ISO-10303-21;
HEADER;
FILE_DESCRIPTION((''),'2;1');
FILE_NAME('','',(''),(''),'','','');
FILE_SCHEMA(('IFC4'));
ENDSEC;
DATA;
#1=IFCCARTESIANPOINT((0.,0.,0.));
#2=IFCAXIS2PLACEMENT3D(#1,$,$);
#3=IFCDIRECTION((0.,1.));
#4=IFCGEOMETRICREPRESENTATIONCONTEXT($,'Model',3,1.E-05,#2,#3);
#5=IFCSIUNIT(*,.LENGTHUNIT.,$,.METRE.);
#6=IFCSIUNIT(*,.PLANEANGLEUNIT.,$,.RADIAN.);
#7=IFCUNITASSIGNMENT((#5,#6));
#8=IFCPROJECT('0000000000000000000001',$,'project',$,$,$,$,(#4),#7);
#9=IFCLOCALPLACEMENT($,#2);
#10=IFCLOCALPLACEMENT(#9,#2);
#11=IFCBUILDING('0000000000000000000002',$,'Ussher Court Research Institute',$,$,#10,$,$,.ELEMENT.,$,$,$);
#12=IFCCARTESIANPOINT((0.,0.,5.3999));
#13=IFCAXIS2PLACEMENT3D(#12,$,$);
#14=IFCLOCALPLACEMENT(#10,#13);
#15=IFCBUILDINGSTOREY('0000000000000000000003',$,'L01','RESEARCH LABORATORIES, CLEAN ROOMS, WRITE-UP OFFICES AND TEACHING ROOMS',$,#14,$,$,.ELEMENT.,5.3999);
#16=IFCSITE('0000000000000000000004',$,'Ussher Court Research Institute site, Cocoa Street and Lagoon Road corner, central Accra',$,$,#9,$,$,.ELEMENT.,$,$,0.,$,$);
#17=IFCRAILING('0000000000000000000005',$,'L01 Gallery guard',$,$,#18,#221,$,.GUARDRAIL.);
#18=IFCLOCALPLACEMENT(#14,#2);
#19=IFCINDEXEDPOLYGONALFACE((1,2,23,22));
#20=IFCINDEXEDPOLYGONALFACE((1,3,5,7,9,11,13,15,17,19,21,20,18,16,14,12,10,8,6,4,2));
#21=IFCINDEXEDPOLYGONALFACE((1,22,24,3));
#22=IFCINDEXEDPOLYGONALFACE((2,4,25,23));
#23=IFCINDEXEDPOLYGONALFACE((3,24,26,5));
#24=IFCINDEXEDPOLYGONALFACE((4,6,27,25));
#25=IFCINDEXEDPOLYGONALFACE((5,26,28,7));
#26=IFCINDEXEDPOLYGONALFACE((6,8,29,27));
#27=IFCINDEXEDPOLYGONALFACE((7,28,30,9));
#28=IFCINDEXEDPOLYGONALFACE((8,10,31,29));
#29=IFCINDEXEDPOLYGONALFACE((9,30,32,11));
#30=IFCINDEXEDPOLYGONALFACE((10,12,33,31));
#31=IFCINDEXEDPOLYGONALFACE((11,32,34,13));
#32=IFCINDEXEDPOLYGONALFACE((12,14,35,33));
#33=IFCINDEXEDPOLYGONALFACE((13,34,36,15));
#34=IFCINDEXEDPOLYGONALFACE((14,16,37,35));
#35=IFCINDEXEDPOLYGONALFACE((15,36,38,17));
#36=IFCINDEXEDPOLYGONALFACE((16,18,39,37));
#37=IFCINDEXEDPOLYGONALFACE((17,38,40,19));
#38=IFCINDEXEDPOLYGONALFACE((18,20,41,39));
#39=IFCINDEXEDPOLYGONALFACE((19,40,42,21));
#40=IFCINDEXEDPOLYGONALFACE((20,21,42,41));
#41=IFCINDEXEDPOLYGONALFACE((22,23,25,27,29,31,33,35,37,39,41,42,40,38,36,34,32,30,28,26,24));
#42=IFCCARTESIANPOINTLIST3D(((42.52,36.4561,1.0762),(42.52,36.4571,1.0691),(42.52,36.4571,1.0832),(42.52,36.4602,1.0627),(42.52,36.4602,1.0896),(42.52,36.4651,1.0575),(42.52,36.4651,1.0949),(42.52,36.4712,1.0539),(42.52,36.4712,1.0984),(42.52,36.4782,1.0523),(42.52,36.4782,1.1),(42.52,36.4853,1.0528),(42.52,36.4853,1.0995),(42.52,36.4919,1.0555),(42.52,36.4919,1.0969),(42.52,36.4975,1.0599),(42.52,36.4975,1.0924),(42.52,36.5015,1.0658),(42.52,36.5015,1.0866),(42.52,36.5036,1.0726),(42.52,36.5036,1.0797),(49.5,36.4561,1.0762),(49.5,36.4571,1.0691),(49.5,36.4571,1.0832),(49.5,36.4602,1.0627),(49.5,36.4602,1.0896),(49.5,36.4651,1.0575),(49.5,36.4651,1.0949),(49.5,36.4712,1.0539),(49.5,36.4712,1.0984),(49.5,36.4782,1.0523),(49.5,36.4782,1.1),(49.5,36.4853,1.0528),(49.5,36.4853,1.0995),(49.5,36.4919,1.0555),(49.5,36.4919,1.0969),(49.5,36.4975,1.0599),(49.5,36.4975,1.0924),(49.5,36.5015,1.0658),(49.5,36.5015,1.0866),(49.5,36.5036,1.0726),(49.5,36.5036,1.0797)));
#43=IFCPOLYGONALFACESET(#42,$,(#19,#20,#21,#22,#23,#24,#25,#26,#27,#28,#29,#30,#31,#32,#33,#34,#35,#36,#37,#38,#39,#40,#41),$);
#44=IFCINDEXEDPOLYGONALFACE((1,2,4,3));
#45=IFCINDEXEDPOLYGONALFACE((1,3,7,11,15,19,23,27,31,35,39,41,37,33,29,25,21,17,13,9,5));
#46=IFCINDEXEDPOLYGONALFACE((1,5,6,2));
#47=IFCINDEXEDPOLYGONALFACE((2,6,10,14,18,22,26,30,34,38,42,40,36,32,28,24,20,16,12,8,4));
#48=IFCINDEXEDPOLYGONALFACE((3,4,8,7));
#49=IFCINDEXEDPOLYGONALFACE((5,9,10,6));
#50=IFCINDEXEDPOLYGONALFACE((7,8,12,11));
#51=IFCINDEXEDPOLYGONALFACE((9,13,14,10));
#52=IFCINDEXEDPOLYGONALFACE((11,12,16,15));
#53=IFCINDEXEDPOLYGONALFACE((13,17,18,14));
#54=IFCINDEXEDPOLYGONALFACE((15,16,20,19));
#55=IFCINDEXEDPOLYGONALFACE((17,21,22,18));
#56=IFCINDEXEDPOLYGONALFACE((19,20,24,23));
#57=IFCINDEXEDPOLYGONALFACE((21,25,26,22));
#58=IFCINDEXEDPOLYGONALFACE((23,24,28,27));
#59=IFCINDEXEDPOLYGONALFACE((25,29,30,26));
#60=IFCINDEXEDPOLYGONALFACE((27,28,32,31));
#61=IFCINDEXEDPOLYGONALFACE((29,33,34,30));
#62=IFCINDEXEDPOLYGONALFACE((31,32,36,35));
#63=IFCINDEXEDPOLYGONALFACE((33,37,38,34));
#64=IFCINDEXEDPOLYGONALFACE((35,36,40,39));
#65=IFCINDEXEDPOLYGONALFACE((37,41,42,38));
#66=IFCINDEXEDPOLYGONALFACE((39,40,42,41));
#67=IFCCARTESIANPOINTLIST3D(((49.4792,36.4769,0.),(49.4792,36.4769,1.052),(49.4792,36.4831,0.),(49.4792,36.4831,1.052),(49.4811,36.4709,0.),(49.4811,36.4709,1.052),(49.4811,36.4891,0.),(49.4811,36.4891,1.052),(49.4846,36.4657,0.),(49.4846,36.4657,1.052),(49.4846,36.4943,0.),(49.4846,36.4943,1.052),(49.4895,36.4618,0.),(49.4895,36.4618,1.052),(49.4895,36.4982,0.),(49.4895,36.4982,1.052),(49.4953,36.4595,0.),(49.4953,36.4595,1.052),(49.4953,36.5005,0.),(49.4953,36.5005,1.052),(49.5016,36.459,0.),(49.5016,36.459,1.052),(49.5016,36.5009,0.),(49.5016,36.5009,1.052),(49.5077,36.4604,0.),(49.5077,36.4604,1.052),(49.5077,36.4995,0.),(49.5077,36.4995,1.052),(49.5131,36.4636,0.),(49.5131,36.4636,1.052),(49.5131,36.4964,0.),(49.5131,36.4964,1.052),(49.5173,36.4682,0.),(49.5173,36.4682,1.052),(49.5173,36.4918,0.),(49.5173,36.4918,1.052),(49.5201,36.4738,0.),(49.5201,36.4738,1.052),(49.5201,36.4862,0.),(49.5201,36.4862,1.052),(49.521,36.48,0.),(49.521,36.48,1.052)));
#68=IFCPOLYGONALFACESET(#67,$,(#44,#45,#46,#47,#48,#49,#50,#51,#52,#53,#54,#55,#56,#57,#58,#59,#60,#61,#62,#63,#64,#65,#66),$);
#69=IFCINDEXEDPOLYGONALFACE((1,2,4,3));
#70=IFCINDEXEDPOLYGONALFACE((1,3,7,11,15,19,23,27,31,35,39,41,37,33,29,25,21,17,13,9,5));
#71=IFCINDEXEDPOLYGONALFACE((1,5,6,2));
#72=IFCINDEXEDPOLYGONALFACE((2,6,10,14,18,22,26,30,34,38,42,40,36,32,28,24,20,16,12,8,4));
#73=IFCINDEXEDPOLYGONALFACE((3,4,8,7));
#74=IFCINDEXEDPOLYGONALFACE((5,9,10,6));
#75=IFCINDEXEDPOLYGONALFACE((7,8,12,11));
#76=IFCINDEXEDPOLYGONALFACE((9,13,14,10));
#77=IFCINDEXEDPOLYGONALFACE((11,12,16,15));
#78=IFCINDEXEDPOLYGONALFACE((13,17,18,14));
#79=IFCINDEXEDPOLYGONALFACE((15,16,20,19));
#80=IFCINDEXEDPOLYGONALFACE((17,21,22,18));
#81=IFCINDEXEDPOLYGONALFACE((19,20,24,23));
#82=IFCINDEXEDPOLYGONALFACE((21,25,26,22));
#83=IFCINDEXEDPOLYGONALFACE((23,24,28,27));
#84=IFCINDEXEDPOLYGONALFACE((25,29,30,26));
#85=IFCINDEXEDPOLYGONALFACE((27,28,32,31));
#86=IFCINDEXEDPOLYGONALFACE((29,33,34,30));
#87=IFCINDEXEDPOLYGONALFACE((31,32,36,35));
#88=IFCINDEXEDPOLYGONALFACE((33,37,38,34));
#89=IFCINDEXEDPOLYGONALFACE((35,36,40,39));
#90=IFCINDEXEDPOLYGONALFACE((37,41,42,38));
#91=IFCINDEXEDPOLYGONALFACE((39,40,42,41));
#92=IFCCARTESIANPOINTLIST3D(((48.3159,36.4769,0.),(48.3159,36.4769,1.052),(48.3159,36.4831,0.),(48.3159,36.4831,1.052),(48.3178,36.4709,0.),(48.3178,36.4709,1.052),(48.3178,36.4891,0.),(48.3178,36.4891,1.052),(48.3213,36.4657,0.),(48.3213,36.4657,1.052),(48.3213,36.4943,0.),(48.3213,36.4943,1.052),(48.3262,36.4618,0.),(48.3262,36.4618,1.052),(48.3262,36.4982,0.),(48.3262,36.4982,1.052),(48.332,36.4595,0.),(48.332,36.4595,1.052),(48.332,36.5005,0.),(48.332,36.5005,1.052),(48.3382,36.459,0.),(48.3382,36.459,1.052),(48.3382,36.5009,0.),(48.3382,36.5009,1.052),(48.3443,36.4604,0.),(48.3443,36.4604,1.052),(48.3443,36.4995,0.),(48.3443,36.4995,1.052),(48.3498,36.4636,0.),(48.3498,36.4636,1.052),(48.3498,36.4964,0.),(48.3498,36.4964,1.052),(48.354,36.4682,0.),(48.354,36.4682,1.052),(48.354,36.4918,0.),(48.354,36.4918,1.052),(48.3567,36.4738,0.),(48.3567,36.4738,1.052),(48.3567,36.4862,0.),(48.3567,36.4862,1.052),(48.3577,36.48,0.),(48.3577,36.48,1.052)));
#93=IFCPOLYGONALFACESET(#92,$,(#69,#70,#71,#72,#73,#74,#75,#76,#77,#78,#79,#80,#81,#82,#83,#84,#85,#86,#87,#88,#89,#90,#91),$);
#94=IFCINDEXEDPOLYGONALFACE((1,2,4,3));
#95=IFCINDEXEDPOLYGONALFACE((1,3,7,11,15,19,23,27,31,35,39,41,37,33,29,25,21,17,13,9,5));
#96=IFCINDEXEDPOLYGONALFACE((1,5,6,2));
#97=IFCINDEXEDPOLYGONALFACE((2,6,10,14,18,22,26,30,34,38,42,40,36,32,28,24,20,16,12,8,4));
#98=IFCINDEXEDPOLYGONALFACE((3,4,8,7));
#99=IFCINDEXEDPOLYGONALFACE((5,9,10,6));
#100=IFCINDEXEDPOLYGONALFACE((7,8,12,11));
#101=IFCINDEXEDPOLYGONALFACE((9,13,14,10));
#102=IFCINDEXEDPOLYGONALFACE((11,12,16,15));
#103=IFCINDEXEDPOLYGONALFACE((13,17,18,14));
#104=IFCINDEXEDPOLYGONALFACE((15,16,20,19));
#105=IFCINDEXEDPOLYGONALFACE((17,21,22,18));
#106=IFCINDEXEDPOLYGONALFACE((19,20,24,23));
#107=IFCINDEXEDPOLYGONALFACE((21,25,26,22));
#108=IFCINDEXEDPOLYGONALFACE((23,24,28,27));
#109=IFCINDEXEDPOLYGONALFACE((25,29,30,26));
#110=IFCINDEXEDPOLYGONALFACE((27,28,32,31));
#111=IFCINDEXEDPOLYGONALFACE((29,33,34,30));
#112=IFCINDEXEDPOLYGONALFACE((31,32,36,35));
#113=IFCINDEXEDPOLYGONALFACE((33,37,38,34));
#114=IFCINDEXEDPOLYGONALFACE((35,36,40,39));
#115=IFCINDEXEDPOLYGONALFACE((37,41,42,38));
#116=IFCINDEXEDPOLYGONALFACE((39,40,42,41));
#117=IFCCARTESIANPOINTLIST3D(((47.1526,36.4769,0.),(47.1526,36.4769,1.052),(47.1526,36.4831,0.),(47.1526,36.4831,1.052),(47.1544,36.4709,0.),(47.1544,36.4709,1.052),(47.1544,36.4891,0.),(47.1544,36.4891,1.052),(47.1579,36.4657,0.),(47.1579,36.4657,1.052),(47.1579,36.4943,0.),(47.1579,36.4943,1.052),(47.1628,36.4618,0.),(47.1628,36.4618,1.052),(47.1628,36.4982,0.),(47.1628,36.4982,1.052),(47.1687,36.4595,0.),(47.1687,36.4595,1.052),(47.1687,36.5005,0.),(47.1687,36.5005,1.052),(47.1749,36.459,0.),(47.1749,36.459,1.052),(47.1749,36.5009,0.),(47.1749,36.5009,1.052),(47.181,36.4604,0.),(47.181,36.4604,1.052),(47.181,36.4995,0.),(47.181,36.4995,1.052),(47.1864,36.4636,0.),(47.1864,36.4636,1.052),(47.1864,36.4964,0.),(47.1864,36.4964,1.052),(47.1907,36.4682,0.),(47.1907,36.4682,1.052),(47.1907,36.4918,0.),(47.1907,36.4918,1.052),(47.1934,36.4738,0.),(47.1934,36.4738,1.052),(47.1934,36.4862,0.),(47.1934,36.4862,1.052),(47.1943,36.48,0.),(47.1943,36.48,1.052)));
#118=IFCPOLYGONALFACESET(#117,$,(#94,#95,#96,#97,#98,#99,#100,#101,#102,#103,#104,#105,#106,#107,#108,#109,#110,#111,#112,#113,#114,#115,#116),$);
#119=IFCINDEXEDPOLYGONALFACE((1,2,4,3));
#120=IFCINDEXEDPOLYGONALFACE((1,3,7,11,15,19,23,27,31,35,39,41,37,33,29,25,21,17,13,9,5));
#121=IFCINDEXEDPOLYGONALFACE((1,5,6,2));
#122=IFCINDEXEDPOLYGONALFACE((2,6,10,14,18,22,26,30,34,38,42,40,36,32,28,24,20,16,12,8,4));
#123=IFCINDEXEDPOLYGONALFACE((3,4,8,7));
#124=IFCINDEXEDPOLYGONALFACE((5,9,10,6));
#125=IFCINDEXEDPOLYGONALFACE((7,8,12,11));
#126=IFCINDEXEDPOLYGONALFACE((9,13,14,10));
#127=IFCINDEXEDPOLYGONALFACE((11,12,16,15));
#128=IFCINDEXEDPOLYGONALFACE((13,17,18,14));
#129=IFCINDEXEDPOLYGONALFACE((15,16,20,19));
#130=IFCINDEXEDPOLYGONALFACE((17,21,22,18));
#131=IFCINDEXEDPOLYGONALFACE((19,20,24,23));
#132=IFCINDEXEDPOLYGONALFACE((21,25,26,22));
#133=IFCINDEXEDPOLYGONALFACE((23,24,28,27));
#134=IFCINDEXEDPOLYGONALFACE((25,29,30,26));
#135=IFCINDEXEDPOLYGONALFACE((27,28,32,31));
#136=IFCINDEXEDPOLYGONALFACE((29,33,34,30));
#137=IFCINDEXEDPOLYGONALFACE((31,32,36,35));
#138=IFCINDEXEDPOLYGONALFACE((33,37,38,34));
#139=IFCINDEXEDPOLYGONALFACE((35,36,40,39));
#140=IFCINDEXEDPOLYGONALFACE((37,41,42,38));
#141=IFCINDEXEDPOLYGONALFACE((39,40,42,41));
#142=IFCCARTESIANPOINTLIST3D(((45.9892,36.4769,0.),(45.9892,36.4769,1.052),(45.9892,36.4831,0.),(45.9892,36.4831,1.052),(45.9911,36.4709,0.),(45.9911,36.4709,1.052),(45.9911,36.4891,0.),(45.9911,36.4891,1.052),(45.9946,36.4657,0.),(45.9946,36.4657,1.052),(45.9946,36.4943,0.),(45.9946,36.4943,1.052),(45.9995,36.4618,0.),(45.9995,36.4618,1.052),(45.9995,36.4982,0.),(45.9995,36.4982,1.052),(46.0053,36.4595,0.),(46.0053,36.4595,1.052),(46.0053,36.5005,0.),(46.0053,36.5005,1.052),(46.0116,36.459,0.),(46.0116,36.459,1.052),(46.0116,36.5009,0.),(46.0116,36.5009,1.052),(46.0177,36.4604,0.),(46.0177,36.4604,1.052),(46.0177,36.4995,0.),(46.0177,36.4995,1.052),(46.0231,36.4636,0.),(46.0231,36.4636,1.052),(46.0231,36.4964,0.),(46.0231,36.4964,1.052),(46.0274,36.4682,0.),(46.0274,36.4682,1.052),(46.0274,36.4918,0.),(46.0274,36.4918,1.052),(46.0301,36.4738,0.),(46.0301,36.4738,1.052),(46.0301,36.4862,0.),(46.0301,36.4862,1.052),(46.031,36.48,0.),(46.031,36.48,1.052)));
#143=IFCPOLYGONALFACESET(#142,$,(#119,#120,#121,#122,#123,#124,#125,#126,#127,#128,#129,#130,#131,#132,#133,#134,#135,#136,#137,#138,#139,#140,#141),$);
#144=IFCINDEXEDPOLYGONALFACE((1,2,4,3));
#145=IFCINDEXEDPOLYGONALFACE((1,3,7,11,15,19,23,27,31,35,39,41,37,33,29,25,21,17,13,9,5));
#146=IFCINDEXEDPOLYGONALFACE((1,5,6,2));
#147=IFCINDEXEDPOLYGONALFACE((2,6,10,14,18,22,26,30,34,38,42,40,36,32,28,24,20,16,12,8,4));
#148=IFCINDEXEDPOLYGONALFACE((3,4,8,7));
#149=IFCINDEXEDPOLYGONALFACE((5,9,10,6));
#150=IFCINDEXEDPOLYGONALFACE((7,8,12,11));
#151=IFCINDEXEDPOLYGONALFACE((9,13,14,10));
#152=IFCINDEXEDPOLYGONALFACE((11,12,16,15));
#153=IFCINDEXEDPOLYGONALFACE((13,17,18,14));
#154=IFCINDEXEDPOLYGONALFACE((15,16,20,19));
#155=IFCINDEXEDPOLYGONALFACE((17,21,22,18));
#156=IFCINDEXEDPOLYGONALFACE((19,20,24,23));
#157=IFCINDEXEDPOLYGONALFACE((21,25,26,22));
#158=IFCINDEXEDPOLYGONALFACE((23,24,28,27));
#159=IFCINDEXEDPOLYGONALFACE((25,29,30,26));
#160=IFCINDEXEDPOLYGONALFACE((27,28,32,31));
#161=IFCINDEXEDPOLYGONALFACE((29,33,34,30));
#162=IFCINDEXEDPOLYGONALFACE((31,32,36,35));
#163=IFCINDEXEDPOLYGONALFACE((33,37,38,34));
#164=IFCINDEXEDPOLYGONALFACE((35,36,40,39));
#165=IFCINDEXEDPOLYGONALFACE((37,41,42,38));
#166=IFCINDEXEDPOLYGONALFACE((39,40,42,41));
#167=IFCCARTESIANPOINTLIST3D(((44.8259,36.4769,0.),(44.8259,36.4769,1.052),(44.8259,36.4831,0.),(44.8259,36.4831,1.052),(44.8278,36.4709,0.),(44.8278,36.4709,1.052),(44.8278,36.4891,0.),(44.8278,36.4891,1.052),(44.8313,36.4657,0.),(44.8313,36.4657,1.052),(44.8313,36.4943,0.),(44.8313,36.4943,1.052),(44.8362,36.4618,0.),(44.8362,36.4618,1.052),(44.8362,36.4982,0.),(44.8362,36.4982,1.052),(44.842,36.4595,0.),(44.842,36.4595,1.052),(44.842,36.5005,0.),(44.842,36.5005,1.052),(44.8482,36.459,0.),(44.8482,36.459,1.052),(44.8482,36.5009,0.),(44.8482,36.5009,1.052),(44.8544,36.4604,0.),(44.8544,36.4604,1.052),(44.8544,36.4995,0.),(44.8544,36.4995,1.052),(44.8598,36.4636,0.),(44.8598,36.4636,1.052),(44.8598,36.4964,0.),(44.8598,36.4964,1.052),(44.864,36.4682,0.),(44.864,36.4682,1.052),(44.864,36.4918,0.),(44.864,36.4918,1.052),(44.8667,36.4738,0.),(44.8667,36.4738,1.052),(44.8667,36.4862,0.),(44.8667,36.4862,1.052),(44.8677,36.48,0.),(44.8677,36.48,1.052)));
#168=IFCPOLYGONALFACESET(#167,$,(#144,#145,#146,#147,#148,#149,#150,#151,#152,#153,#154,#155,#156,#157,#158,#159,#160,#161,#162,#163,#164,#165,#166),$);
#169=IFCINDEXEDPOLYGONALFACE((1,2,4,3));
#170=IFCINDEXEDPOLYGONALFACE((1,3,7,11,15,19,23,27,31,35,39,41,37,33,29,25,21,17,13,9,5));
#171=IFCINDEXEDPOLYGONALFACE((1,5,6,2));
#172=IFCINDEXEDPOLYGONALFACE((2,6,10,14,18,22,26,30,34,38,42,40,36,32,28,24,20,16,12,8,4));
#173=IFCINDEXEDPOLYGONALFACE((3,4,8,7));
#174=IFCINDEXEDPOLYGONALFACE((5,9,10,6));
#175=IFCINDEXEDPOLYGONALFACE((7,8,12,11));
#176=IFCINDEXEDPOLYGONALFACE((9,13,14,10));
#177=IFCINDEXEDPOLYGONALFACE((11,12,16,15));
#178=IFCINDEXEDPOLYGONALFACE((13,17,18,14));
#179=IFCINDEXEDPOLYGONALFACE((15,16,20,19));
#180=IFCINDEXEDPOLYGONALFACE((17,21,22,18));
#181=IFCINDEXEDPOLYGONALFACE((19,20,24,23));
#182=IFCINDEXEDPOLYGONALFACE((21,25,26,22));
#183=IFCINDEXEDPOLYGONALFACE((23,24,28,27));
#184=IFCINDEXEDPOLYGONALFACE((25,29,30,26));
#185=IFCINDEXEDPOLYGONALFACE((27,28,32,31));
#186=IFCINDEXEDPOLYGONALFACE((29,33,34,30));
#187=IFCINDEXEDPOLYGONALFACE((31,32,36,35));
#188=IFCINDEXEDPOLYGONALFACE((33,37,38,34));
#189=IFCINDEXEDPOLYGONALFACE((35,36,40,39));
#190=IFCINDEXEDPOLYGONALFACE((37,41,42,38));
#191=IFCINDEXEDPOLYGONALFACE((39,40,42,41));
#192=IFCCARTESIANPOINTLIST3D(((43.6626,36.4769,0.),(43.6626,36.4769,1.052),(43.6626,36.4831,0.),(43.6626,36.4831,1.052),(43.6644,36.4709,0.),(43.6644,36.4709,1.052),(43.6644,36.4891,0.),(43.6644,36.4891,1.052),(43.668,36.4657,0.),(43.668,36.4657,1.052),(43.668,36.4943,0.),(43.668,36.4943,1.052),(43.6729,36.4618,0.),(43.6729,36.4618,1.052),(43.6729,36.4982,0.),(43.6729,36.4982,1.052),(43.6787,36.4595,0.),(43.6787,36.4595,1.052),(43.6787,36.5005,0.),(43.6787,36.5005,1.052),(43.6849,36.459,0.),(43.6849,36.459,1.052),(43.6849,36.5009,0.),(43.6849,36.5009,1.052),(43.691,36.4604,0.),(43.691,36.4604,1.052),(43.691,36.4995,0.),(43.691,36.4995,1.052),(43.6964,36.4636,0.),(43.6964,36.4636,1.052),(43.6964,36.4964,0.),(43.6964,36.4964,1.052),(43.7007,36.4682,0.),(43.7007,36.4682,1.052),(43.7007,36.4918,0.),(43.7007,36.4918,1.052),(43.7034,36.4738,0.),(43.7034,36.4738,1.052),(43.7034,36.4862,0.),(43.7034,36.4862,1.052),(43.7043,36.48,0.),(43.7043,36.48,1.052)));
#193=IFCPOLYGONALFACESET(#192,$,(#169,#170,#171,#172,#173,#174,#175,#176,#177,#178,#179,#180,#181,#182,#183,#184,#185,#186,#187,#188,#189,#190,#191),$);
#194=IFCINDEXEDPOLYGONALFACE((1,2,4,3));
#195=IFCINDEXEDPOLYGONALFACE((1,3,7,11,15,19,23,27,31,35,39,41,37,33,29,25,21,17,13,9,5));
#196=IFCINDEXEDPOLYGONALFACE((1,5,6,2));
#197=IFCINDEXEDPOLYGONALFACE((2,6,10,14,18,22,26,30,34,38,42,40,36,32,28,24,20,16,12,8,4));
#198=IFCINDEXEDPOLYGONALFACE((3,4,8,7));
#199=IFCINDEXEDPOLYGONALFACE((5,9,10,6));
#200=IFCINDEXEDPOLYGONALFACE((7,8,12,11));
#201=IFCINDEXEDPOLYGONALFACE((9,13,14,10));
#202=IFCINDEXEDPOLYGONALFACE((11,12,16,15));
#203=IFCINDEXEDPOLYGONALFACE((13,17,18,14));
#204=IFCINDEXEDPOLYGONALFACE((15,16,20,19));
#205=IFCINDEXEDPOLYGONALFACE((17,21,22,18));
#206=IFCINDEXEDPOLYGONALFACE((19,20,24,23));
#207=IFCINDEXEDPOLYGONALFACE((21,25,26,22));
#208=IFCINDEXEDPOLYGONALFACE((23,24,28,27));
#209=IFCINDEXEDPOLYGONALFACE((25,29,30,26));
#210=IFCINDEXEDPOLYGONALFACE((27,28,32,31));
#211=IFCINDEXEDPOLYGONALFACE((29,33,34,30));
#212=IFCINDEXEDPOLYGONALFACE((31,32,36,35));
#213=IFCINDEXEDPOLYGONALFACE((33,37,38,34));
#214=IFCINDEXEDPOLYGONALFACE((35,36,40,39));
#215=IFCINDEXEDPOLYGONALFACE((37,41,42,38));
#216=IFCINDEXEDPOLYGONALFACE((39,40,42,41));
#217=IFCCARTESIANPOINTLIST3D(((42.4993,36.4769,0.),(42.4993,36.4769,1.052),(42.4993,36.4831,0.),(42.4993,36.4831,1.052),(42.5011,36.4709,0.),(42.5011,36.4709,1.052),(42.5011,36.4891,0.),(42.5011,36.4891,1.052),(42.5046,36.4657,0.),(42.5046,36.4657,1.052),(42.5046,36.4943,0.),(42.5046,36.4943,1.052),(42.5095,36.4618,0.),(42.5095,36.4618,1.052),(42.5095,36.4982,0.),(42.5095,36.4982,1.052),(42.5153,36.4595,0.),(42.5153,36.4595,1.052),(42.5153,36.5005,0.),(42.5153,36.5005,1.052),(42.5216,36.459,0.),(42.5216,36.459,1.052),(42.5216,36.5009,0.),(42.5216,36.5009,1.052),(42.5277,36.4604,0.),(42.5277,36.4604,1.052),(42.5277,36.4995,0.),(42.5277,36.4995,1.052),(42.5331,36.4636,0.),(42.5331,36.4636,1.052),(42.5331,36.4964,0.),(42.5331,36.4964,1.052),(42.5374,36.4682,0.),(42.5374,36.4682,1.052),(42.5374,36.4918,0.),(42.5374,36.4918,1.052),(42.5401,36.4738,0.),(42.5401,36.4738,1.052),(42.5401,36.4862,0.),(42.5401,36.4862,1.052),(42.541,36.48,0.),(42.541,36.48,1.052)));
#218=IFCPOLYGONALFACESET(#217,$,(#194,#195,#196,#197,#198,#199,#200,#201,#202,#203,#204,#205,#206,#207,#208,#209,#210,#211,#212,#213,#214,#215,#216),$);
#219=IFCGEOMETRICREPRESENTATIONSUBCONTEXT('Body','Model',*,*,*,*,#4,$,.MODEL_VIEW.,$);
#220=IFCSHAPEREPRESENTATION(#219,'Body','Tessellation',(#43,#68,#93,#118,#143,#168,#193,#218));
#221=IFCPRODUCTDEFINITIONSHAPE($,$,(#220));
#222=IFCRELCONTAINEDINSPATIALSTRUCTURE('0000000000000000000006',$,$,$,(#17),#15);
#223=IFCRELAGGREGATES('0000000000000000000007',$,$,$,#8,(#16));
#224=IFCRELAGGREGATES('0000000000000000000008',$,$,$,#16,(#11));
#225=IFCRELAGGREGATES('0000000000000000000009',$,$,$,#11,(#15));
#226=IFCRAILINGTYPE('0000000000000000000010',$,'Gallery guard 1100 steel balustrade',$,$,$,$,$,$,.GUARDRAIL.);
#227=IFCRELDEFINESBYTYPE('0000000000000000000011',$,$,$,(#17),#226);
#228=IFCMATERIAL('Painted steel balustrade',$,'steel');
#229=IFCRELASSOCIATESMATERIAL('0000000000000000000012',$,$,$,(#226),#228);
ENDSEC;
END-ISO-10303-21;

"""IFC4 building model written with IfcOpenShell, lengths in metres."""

from ifc_helpers import new_model, si_unit, direction, frame, origin, origin_2d, place, context, subcontext, project, spatial, circle, extrude, material, type_object, element, save


model = new_model("IFC4")

# Units and contexts
model_context = context("Model", 3, precision=1e-05, world=origin(), true_north=direction((0.0, 1.0)))
body_context = subcontext(model_context, "Body", "Model", "MODEL_VIEW")
ifc_project = project(units=[si_unit("LENGTHUNIT", "METRE"), si_unit("PLANEANGLEUNIT", "RADIAN")], contexts=[model_context])

# Site, building, storey
site_placement = place(None, origin())
site = spatial("IfcSite", under=ifc_project, at=site_placement, Name="Ussher Court Research Institute site, Cocoa Street and Lagoon Road corner, central Accra", CompositionType="ELEMENT", RefElevation=0.0)
building_placement = place(site_placement, origin())
building = spatial("IfcBuilding", under=site, at=building_placement, Name="Ussher Court Research Institute", CompositionType="ELEMENT")
storey_placement = place(building_placement, frame((0.0, 0.0, 5.3999)))
storey = spatial("IfcBuildingStorey", under=building, at=storey_placement, Name="L01", Description="RESEARCH LABORATORIES, CLEAN ROOMS, WRITE-UP OFFICES AND TEACHING ROOMS", CompositionType="ELEMENT", Elevation=5.3999)

# Railing
ifc_material_1 = material(Name="Painted steel balustrade", Category="steel")
railing_type = type_object("IfcRailingType", Name="Gallery guard 1100 steel balustrade", PredefinedType="GUARDRAIL", material=ifc_material_1)
railing_placement = place(storey_placement, frame((49.5, 36.48, 0.0)))
element("IfcRailing", 1, at=railing_placement, inside=storey, type_object=railing_type, Name="L01 Gallery guard", PredefinedType="GUARDRAIL", context=body_context, shape_type="SweptSolid", body=[
    extrude(circle(Radius=0.0239, at=origin_2d()), frame((0.0, 0.0, 1.0762), z_axis=(-1.0, 0.0, 0.0), x_axis=(0.0, -1.0, 0.0)), (0.0, 0.0, 1.0), 6.98),
    extrude(circle(Radius=0.021, at=origin_2d()), origin(), (0.0, 0.0, 1.0), 1.052),
    extrude(circle(Radius=0.021, at=origin_2d()), frame((-1.1633, 0.0, 0.0)), (0.0, 0.0, 1.0), 1.052),
    extrude(circle(Radius=0.021, at=origin_2d()), frame((-2.3267, 0.0, 0.0)), (0.0, 0.0, 1.0), 1.052),
    extrude(circle(Radius=0.021, at=origin_2d()), frame((-3.49, 0.0, 0.0)), (0.0, 0.0, 1.0), 1.052),
    extrude(circle(Radius=0.021, at=origin_2d()), frame((-4.6533, 0.0, 0.0)), (0.0, 0.0, 1.0), 1.052),
    extrude(circle(Radius=0.021, at=origin_2d()), frame((-5.8167, 0.0, 0.0)), (0.0, 0.0, 1.0), 1.052),
    extrude(circle(Radius=0.021, at=origin_2d()), frame((-6.98, 0.0, 0.0)), (0.0, 0.0, 1.0), 1.052),
])

save(model, "model.ifc")
